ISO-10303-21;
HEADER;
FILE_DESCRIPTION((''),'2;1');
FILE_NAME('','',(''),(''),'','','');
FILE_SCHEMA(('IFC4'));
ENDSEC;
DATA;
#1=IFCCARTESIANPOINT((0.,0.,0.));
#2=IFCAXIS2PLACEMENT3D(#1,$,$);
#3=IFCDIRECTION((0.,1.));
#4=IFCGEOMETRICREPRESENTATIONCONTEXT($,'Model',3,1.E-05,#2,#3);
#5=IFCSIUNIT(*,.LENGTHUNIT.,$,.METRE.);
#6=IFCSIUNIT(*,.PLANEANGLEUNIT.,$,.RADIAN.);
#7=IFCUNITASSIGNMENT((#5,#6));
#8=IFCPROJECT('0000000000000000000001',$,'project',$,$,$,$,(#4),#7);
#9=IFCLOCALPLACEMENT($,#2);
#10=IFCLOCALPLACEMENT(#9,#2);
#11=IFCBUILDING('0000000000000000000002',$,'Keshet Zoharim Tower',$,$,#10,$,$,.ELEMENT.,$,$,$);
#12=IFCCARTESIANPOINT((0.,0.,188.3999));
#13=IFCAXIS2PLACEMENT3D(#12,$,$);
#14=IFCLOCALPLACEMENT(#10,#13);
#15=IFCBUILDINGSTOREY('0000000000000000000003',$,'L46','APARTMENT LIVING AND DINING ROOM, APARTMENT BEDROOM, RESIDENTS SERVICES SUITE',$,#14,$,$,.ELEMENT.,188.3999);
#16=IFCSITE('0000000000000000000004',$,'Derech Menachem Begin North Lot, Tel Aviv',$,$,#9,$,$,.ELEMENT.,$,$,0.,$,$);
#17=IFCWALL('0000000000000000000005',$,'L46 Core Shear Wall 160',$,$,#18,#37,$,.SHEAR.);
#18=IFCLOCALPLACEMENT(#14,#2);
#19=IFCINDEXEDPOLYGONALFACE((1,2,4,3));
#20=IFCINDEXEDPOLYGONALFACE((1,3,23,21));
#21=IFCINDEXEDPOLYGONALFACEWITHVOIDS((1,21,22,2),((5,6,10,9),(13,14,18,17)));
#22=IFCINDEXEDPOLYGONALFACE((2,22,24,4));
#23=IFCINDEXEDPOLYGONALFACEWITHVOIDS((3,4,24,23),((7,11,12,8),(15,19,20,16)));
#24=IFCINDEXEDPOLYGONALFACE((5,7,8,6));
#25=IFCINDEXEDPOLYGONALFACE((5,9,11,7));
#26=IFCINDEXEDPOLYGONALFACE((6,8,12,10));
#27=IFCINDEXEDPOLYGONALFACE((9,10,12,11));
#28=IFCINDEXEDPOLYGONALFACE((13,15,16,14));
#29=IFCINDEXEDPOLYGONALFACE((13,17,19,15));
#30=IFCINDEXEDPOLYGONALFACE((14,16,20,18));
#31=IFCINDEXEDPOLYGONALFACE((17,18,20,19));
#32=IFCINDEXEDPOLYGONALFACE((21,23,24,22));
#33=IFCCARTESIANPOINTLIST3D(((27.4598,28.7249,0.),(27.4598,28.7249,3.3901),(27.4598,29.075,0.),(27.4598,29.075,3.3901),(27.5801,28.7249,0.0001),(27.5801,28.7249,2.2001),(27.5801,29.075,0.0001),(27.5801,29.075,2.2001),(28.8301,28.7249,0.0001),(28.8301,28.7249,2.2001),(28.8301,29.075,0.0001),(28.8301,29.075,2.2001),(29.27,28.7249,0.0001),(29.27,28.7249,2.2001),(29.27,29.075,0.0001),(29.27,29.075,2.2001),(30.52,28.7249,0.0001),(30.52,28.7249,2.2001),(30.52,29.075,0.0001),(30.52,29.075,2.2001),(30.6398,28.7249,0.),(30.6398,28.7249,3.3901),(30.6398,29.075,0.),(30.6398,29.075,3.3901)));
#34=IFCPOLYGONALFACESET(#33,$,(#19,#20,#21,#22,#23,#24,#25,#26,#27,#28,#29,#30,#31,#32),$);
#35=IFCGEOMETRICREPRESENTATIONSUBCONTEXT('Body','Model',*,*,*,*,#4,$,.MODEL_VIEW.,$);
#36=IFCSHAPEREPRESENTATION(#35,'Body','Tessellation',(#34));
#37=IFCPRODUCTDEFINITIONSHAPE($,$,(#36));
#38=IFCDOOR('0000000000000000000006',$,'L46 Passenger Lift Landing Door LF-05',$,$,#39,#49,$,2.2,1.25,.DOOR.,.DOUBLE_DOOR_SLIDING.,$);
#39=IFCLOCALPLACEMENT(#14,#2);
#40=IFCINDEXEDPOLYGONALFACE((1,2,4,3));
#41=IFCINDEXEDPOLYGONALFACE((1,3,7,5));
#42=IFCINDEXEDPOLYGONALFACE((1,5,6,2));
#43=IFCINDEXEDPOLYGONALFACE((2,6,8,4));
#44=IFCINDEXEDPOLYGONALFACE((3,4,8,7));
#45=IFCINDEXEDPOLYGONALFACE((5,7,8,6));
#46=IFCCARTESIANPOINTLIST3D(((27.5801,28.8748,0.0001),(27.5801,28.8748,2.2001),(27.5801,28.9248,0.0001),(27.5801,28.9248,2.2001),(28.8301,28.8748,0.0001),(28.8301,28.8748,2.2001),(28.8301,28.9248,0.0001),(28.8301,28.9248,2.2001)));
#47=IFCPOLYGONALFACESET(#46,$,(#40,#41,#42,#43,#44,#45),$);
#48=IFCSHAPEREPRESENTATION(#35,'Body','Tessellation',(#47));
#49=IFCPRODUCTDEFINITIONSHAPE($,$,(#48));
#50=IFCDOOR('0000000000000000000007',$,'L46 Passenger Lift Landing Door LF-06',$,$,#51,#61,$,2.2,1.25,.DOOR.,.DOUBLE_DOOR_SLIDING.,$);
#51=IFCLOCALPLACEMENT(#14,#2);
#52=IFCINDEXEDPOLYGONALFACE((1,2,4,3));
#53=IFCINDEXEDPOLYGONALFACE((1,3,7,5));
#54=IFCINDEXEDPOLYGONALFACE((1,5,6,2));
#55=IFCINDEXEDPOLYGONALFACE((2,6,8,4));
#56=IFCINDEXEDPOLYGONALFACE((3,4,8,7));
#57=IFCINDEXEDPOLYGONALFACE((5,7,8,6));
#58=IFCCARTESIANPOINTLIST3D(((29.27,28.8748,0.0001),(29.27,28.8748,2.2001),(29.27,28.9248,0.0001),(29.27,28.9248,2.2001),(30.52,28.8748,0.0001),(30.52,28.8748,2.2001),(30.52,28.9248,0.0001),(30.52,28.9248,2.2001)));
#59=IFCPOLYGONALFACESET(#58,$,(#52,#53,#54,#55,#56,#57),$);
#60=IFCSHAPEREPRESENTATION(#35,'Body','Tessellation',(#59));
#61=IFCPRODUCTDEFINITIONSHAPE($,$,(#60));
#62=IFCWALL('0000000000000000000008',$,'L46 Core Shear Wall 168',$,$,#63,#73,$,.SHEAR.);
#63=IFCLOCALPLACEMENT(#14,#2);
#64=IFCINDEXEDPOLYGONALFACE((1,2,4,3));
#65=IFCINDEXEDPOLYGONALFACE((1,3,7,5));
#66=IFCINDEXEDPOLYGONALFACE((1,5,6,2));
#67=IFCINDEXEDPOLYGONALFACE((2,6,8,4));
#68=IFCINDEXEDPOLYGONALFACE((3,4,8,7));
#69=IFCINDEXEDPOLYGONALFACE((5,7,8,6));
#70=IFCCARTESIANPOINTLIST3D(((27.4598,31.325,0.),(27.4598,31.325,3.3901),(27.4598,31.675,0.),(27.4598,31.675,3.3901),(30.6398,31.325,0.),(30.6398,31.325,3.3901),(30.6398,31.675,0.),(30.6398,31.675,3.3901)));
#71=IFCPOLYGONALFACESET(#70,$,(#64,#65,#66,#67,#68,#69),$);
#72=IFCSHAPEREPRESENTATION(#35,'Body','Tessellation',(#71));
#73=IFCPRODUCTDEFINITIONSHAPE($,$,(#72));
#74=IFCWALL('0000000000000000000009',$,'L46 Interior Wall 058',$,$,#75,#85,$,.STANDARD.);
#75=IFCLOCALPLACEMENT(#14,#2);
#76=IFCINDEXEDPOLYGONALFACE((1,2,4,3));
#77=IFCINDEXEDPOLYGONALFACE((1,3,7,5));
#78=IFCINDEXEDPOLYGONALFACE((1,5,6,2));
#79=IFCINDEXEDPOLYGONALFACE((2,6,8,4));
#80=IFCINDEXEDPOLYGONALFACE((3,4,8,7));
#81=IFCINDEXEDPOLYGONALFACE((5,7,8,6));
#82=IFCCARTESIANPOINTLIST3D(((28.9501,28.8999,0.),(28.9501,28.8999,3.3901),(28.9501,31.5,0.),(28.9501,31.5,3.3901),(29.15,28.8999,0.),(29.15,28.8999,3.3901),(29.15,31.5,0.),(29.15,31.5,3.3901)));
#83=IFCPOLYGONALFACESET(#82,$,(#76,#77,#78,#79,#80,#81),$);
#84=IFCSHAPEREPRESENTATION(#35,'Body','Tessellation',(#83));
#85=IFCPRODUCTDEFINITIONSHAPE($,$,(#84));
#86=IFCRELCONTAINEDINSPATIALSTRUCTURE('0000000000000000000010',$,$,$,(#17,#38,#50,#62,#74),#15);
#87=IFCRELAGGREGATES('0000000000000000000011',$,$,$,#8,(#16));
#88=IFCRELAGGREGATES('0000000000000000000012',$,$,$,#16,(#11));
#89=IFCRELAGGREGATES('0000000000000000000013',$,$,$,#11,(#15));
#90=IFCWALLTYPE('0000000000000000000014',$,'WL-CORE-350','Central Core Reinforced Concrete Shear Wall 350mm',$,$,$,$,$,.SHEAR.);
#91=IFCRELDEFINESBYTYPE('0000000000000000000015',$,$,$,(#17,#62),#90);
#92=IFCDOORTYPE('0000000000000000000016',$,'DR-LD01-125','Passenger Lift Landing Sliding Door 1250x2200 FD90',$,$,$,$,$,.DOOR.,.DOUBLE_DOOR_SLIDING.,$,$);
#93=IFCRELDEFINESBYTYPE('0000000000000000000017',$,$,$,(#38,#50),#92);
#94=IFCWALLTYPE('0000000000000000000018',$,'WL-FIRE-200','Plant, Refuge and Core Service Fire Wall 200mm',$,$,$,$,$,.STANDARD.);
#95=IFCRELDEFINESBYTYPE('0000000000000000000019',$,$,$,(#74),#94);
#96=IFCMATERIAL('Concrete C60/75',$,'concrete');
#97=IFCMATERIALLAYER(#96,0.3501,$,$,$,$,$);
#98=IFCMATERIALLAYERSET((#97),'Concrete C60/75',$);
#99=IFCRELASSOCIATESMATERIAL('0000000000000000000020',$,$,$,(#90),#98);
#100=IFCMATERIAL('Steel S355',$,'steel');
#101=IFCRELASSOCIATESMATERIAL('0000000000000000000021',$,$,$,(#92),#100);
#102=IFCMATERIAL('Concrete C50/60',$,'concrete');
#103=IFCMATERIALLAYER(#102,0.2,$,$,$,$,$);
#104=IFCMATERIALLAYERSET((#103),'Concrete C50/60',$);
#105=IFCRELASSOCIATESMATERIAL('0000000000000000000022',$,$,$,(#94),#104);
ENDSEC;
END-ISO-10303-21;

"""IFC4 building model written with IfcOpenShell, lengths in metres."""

from ifc_helpers import new_model, si_unit, direction, frame, frame_2d, origin, place, context, subcontext, project, spatial, rectangle, extrude, material, layer, layer_set, type_object, element, fill, save


model = new_model("IFC4")

# Units and contexts
model_context = context("Model", 3, precision=1e-05, world=origin(), true_north=direction((0.0, 1.0)))
body_context = subcontext(model_context, "Body", "Model", "MODEL_VIEW")
ifc_project = project(units=[si_unit("LENGTHUNIT", "METRE"), si_unit("PLANEANGLEUNIT", "RADIAN")], contexts=[model_context])

# Site, building, storey
site_placement = place(None, origin())
site = spatial("IfcSite", under=ifc_project, at=site_placement, Name="Derech Menachem Begin North Lot, Tel Aviv", CompositionType="ELEMENT", RefElevation=0.0)
building_placement = place(site_placement, origin())
building = spatial("IfcBuilding", under=site, at=building_placement, Name="Keshet Zoharim Tower", CompositionType="ELEMENT")
storey_placement = place(building_placement, frame((0.0, 0.0, 188.3999)))
storey = spatial("IfcBuildingStorey", under=building, at=storey_placement, Name="L46", Description="APARTMENT LIVING AND DINING ROOM, APARTMENT BEDROOM, RESIDENTS SERVICES SUITE", CompositionType="ELEMENT", Elevation=188.3999)

# Shared definitions
ifc_material_1 = material(Name="Steel S355", Category="steel")

# Shared definitions
ifc_material_2 = material(Name="Concrete C60/75", Category="concrete")
ifc_layer_1 = layer(ifc_material_2, 0.3501)
ifc_layer_set_1 = layer_set([ifc_layer_1], Name="Concrete C60/75")
wall_type_1 = type_object("IfcWallType", Name="WL-CORE-350", Description="Central Core Reinforced Concrete Shear Wall 350mm", PredefinedType="SHEAR", material=ifc_layer_set_1)

# Wall, openings, doors
door_type_1 = type_object("IfcDoorType", Name="DR-LD01-125", Description="Passenger Lift Landing Sliding Door 1250x2200 FD90", OperationType="DOUBLE_DOOR_SLIDING", PredefinedType="DOOR", material=ifc_material_1)
wall_1_placement = place(storey_placement, frame((27.46, 28.8999, 0.0), z_axis=(0.0, 0.0, 1.0), x_axis=(1.0, 0.0, 0.0)))
wall_1 = element("IfcWall", 1, at=wall_1_placement, inside=storey, type_object=wall_type_1, Name="L46 Core Shear Wall 160", PredefinedType="SHEAR", context=body_context, shape_type="SweptSolid", body=[
    extrude(rectangle(XDim=3.1799, YDim=0.3501, at=frame_2d((1.5898, 0.0))), origin(), (0.0, 0.0, 1.0), 3.3901),
])
opening_1_placement = place(wall_1_placement, frame((0.1201, 0.0, 0.0)))
opening_1 = element("IfcOpeningElement", 2, at=opening_1_placement, cuts=wall_1, PredefinedType="OPENING", context=body_context, shape_type="SweptSolid", body=[
    extrude(rectangle(XDim=1.25, YDim=2.2, at=frame_2d((0.625, 1.1001))), frame((0.0, 0.1851, 0.0), z_axis=(0.0, -1.0, 0.0), x_axis=(1.0, 0.0, 0.0)), (0.0, 0.0, 1.0), 0.3701),
])
opening_2_placement = place(wall_1_placement, frame((1.8101, 0.0, 0.0)))
opening_2 = element("IfcOpeningElement", 3, at=opening_2_placement, cuts=wall_1, PredefinedType="OPENING", context=body_context, shape_type="SweptSolid", body=[
    extrude(rectangle(XDim=1.25, YDim=2.2, at=frame_2d((0.625, 1.1001))), frame((0.0, 0.1851, 0.0), z_axis=(0.0, -1.0, 0.0), x_axis=(1.0, 0.0, 0.0)), (0.0, 0.0, 1.0), 0.3701),
])
door_1_placement = place(opening_1_placement, origin())
door_1 = element("IfcDoor", 4, at=door_1_placement, inside=storey, type_object=door_type_1, Name="L46 Passenger Lift Landing Door LF-05", OperationType="DOUBLE_DOOR_SLIDING", OverallHeight=2.2, OverallWidth=1.25, PredefinedType="DOOR", context=body_context, shape_type="SweptSolid", body=[
    extrude(rectangle(XDim=1.25, YDim=2.2, at=frame_2d((0.625, 1.1001))), frame((0.0, 0.0249, 0.0), z_axis=(0.0, -1.0, 0.0), x_axis=(1.0, 0.0, 0.0)), (0.0, 0.0, 1.0), 0.05),
])
fill(opening_1, door_1)
door_2_placement = place(opening_2_placement, origin())
door_2 = element("IfcDoor", 5, at=door_2_placement, inside=storey, type_object=door_type_1, Name="L46 Passenger Lift Landing Door LF-06", OperationType="DOUBLE_DOOR_SLIDING", OverallHeight=2.2, OverallWidth=1.25, PredefinedType="DOOR", context=body_context, shape_type="SweptSolid", body=[
    extrude(rectangle(XDim=1.25, YDim=2.2, at=frame_2d((0.625, 1.1001))), frame((0.0, 0.0249, 0.0), z_axis=(0.0, -1.0, 0.0), x_axis=(1.0, 0.0, 0.0)), (0.0, 0.0, 1.0), 0.05),
])
fill(opening_2, door_2)

# Walls
wall_2_placement = place(storey_placement, frame((27.46, 31.5, 0.0), z_axis=(0.0, 0.0, 1.0), x_axis=(1.0, 0.0, 0.0)))
element("IfcWall", 6, at=wall_2_placement, inside=storey, type_object=wall_type_1, Name="L46 Core Shear Wall 168", PredefinedType="SHEAR", context=body_context, shape_type="SweptSolid", body=[
    extrude(rectangle(XDim=3.1799, YDim=0.3501, at=frame_2d((1.5898, 0.0))), origin(), (0.0, 0.0, 1.0), 3.3901),
])
ifc_material_3 = material(Name="Concrete C50/60", Category="concrete")
ifc_layer_2 = layer(ifc_material_3, 0.2)
ifc_layer_set_2 = layer_set([ifc_layer_2], Name="Concrete C50/60")
wall_type_2 = type_object("IfcWallType", Name="WL-FIRE-200", Description="Plant, Refuge and Core Service Fire Wall 200mm", PredefinedType="STANDARD", material=ifc_layer_set_2)
wall_3_placement = place(storey_placement, frame((29.05, 28.8999, 0.0), z_axis=(0.0, 0.0, 1.0), x_axis=(0.0, 1.0, 0.0)))
element("IfcWall", 7, at=wall_3_placement, inside=storey, type_object=wall_type_2, Name="L46 Interior Wall 058", PredefinedType="STANDARD", context=body_context, shape_type="SweptSolid", body=[
    extrude(rectangle(XDim=2.6001, YDim=0.2, at=frame_2d((1.3, 0.0))), origin(), (0.0, 0.0, 1.0), 3.3901),
])

save(model, "model.ifc")
